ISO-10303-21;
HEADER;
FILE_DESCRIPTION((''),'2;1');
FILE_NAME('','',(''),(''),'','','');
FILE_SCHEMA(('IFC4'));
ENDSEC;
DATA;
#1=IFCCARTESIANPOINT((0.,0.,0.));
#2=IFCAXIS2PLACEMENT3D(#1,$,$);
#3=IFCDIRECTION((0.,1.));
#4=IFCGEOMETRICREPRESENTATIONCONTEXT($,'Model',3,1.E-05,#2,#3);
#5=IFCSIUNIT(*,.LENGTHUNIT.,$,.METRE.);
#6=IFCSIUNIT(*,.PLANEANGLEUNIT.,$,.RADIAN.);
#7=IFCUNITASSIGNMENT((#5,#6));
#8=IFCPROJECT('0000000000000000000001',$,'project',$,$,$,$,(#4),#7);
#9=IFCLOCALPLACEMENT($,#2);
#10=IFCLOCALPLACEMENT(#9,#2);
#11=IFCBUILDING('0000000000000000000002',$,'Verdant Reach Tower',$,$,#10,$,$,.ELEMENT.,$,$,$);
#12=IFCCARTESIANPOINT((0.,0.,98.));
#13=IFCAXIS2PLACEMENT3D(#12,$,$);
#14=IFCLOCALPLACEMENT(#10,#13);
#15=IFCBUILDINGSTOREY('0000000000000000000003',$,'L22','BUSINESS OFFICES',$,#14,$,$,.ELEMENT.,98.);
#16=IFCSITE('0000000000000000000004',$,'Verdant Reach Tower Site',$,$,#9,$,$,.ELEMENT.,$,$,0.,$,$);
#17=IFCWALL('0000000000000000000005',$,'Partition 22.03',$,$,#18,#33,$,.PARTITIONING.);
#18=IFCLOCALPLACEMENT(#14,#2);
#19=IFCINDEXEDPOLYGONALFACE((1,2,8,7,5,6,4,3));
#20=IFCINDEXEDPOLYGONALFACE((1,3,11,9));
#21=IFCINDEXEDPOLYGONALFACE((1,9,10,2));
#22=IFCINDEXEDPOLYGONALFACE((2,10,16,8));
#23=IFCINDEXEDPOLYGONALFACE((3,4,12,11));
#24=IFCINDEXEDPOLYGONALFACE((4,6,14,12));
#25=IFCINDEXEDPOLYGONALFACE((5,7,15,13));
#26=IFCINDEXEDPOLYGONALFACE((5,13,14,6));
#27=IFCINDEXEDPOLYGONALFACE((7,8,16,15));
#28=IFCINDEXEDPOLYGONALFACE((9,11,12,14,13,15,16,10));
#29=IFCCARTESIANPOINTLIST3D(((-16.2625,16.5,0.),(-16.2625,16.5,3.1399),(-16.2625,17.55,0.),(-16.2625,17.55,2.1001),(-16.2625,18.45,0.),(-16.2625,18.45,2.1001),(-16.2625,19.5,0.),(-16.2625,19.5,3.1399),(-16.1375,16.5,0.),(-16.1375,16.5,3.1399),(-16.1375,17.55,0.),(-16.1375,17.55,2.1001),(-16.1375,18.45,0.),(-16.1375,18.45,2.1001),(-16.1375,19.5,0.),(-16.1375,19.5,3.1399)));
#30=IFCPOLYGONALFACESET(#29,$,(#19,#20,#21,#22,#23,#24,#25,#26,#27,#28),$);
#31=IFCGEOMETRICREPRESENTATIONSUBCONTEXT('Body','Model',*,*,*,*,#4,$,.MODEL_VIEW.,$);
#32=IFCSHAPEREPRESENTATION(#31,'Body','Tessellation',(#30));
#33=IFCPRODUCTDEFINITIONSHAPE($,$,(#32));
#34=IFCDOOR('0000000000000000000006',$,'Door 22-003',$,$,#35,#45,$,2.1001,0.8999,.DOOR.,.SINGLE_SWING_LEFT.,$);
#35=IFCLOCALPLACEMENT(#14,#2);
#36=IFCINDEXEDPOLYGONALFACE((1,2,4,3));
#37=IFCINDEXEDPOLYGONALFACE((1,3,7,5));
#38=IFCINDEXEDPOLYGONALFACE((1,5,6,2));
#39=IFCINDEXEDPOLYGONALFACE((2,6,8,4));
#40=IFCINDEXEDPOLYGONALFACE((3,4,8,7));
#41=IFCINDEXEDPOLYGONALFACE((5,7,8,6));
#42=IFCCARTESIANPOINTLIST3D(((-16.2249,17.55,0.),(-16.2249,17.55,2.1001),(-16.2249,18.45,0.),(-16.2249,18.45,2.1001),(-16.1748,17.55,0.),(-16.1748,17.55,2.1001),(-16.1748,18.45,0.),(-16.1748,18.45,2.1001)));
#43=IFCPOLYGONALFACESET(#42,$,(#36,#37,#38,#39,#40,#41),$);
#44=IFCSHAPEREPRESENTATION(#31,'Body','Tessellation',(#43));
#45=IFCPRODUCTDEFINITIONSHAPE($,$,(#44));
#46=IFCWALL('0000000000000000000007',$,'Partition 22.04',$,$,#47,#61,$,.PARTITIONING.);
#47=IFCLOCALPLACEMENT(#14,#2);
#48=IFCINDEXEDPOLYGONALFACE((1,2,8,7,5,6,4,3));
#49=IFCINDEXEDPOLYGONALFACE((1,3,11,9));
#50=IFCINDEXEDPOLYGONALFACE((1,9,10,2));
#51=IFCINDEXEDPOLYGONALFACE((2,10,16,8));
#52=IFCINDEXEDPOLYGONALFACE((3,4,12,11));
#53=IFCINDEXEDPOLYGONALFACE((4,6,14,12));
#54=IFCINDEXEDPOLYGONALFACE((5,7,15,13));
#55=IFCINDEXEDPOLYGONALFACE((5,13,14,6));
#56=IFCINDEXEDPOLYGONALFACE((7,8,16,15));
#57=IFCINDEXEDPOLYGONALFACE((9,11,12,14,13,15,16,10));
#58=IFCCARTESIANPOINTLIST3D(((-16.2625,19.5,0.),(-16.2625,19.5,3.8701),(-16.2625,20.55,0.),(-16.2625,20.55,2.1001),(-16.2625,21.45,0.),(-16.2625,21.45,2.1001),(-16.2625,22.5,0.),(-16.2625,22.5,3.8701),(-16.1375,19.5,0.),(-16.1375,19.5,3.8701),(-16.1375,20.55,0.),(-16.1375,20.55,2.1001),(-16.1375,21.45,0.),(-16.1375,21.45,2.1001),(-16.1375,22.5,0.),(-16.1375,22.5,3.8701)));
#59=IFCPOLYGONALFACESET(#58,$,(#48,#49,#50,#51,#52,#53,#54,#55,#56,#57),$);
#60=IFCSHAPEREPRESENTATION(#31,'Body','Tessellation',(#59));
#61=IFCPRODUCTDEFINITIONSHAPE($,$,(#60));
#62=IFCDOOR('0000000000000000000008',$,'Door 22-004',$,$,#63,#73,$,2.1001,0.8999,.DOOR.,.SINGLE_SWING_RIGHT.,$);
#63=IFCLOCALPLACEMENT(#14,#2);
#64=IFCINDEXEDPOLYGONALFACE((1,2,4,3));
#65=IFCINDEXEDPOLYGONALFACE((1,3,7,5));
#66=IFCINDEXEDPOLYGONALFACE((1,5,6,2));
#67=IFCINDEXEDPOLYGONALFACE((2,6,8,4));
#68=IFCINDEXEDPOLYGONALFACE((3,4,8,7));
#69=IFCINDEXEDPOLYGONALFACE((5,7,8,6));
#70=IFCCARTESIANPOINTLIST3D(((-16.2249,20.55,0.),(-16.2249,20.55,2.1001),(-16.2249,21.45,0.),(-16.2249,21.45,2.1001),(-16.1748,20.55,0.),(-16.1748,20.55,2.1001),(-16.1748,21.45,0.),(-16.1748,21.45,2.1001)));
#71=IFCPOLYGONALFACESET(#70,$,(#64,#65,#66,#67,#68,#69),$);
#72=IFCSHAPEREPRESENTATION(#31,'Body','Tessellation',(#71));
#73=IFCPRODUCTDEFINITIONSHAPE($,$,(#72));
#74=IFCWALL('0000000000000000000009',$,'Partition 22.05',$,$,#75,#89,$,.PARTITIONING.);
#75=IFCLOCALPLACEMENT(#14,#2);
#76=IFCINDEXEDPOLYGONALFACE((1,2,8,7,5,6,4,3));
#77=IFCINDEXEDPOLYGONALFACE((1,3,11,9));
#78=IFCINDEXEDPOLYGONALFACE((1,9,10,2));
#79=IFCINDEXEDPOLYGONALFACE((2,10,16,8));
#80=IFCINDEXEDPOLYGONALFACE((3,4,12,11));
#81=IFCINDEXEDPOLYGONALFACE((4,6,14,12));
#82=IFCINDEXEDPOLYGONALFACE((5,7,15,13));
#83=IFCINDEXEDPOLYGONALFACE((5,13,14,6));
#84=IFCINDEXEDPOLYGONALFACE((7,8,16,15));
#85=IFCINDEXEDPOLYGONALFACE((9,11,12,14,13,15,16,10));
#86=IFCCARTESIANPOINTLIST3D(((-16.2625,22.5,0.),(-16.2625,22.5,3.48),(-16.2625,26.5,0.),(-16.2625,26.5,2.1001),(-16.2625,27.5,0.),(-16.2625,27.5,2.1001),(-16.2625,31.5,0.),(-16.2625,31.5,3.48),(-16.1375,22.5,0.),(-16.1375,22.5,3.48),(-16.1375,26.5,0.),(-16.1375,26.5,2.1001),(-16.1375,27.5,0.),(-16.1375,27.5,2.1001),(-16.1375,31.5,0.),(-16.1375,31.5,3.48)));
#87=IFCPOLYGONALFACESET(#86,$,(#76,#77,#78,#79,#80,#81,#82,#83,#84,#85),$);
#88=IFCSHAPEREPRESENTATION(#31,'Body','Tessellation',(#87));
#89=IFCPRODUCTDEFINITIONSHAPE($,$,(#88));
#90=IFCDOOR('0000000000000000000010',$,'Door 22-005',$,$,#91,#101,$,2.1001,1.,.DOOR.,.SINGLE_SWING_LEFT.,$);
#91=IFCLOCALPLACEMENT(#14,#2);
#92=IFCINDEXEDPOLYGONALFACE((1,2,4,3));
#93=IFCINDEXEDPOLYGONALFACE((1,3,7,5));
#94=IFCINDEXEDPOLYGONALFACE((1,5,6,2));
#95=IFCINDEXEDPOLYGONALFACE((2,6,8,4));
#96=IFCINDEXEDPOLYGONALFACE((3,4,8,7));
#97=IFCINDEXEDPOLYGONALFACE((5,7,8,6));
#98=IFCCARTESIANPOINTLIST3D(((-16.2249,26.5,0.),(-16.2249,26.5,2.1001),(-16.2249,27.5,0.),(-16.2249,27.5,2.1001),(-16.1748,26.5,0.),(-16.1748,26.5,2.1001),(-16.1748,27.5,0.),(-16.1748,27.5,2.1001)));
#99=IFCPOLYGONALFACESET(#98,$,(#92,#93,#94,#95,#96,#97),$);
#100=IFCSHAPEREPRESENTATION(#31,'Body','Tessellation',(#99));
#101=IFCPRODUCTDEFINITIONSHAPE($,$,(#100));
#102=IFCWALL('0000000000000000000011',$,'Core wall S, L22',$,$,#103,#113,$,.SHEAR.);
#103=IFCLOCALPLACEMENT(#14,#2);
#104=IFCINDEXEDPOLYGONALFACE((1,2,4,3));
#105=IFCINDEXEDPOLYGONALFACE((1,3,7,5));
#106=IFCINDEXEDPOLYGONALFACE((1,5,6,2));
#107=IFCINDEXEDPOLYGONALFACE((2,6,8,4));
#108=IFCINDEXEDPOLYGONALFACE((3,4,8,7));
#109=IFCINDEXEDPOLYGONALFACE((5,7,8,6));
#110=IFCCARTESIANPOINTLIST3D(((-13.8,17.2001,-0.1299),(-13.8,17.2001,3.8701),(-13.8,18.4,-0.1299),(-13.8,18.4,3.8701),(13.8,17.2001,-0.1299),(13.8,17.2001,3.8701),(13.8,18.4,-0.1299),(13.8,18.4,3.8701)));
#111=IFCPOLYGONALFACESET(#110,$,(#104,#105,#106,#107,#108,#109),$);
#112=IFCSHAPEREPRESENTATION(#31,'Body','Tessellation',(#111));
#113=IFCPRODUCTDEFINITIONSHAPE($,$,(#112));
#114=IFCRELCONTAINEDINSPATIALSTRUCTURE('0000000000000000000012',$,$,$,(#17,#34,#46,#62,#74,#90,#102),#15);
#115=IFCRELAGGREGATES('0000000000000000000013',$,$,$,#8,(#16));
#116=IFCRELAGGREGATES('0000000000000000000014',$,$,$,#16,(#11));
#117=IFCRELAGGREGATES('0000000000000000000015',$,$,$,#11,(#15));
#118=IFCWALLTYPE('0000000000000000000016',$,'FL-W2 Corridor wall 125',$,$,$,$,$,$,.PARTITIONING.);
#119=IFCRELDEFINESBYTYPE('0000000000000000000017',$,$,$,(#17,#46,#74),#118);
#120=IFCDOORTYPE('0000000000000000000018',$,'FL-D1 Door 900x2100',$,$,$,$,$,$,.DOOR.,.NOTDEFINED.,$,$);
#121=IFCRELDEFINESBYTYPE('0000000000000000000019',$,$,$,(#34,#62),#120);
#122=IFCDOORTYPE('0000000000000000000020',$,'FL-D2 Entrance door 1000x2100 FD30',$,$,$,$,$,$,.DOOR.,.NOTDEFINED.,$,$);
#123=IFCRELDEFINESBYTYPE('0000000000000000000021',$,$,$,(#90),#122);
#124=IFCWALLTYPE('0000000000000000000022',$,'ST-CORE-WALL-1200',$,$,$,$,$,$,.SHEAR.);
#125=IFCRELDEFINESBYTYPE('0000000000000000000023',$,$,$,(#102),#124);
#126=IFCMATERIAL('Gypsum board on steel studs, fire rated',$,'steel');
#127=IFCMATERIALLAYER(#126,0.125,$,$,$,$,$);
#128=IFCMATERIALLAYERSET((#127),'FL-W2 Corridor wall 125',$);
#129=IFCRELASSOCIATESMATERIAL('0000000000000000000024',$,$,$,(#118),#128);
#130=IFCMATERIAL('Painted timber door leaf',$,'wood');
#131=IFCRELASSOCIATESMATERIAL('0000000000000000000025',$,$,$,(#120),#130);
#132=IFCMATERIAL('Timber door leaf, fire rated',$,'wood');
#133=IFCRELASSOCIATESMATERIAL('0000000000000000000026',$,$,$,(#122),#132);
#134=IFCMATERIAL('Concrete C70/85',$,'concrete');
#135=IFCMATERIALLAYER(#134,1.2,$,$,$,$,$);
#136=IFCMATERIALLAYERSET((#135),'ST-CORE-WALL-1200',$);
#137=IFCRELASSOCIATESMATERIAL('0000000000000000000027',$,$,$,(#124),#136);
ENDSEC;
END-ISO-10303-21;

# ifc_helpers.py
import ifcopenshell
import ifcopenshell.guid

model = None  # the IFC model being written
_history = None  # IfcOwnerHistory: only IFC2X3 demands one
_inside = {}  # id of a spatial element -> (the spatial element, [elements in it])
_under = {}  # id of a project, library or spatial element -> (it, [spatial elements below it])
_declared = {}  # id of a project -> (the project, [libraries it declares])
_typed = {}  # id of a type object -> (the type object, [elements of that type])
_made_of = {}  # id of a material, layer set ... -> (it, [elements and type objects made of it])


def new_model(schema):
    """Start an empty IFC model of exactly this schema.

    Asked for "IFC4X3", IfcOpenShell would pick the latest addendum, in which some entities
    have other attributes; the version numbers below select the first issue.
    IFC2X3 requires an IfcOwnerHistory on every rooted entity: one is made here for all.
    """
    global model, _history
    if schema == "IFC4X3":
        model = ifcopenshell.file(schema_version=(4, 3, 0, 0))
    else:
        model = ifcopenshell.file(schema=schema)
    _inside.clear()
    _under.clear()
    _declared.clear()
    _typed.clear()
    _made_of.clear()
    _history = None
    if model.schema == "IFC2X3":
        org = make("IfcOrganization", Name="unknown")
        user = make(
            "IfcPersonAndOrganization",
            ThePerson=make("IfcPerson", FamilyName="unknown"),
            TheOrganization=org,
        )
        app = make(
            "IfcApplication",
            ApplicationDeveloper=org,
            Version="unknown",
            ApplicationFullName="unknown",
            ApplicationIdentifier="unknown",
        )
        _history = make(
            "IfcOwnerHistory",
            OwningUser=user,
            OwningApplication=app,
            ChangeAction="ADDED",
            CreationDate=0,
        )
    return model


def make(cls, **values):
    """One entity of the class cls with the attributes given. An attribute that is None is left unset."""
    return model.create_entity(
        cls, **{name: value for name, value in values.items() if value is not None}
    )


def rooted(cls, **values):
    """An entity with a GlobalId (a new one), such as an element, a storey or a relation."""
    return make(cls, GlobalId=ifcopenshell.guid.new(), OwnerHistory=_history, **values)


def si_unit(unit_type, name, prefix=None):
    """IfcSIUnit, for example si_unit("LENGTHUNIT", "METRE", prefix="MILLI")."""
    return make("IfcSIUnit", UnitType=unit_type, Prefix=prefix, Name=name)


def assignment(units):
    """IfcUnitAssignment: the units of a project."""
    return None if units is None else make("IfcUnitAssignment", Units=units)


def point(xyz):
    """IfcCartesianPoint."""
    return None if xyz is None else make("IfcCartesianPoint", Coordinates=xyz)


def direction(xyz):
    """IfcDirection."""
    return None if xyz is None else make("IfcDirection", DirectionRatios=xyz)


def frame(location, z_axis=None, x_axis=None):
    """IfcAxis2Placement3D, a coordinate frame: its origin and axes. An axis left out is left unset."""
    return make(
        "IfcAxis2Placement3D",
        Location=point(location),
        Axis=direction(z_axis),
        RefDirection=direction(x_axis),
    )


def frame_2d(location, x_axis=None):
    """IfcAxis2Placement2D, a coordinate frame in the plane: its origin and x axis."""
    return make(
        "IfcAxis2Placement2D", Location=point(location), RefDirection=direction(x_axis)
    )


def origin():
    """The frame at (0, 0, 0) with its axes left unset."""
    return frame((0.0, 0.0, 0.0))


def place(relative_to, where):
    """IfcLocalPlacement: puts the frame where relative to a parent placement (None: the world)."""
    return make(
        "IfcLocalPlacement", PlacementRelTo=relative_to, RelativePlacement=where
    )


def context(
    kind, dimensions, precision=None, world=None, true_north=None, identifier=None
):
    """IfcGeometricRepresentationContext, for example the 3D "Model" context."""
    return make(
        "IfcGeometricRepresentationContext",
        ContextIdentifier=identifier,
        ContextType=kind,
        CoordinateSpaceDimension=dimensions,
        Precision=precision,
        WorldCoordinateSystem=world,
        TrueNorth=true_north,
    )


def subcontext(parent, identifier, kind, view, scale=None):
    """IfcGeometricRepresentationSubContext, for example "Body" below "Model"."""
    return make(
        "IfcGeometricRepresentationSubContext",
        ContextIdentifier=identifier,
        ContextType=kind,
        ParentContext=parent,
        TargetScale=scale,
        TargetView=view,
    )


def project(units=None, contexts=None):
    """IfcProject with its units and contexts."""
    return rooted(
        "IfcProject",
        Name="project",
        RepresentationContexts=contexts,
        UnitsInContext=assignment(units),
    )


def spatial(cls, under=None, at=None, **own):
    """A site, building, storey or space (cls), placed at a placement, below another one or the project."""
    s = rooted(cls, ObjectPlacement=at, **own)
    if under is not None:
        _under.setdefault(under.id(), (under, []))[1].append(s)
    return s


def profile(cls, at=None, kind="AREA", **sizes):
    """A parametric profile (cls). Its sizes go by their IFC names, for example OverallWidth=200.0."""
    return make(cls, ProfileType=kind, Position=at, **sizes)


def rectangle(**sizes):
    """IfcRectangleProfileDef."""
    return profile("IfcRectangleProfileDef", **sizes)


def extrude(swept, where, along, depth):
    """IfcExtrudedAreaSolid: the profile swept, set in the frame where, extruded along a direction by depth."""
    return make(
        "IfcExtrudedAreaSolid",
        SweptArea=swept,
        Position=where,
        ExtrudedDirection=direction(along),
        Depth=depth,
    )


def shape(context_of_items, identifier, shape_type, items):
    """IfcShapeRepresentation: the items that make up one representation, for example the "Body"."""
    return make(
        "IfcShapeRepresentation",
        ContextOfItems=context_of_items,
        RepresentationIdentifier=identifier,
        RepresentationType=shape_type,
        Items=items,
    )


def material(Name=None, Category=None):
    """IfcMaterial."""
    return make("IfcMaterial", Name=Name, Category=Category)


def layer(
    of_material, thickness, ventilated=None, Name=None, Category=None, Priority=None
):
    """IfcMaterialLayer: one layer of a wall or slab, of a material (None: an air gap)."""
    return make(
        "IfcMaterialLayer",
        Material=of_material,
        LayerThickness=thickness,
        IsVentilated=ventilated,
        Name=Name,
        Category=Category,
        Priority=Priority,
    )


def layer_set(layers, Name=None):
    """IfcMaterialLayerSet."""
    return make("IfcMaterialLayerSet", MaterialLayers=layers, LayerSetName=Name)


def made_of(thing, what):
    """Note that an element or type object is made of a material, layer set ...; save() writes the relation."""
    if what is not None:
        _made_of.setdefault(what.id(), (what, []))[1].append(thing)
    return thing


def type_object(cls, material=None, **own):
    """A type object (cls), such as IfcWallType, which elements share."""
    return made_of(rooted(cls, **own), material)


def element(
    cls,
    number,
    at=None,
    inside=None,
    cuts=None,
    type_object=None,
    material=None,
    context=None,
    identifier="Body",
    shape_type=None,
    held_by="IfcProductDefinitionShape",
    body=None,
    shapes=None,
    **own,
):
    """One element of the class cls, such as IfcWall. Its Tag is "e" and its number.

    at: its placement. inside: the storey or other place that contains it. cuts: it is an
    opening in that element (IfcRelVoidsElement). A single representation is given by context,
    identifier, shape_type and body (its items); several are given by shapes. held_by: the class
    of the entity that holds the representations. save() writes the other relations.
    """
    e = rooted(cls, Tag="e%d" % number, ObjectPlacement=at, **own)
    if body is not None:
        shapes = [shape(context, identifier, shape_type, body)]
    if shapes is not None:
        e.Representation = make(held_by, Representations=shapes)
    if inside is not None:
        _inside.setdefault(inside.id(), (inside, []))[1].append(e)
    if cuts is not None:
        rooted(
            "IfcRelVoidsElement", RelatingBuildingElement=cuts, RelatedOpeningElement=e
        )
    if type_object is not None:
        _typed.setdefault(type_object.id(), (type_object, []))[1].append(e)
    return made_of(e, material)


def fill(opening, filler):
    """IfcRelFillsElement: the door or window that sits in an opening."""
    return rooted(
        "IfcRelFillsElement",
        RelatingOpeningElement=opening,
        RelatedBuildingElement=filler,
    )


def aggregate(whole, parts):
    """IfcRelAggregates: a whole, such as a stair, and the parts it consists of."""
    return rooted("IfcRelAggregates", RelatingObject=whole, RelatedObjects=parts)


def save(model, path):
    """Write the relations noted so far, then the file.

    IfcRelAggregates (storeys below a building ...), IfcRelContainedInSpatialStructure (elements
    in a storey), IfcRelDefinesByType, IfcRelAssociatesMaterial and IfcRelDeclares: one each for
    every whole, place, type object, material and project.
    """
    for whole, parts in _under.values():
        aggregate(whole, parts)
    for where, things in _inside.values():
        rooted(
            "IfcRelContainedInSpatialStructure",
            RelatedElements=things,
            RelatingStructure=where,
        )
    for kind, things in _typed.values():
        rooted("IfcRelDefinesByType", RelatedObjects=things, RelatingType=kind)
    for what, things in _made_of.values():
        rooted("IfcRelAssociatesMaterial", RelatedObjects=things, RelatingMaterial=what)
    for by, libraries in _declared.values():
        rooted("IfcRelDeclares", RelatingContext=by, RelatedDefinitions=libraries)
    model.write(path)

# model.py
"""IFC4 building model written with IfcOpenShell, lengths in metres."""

from ifc_helpers import new_model, si_unit, direction, frame, frame_2d, origin, place, context, subcontext, project, spatial, rectangle, extrude, material, layer, layer_set, type_object, element, fill, save


model = new_model("IFC4")

# Units and contexts
model_context = context("Model", 3, precision=1e-05, world=origin(), true_north=direction((0.0, 1.0)))
body_context = subcontext(model_context, "Body", "Model", "MODEL_VIEW")
ifc_project = project(units=[si_unit("LENGTHUNIT", "METRE"), si_unit("PLANEANGLEUNIT", "RADIAN")], contexts=[model_context])

# Site, building, storey
site_placement = place(None, origin())
site = spatial("IfcSite", under=ifc_project, at=site_placement, Name="Verdant Reach Tower Site", CompositionType="ELEMENT", RefElevation=0.0)
building_placement = place(site_placement, origin())
building = spatial("IfcBuilding", under=site, at=building_placement, Name="Verdant Reach Tower", CompositionType="ELEMENT")
storey_placement = place(building_placement, frame((0.0, 0.0, 98.0)))
storey = spatial("IfcBuildingStorey", under=building, at=storey_placement, Name="L22", Description="BUSINESS OFFICES", CompositionType="ELEMENT", Elevation=98.0)

# Walls, openings, doors
ifc_material_1 = material(Name="Gypsum board on steel studs, fire rated", Category="steel")
ifc_layer_1 = layer(ifc_material_1, 0.125)
ifc_layer_set_1 = layer_set([ifc_layer_1], Name="FL-W2 Corridor wall 125")
wall_type_1 = type_object("IfcWallType", Name="FL-W2 Corridor wall 125", PredefinedType="PARTITIONING", material=ifc_layer_set_1)
wall_1_placement = place(storey_placement, frame((-16.2, 16.5, 0.0), z_axis=(0.0, 0.0, 1.0), x_axis=(0.0, 1.0, 0.0)))
wall_1 = element("IfcWall", 1, at=wall_1_placement, inside=storey, type_object=wall_type_1, Name="Partition 22.03", PredefinedType="PARTITIONING", context=body_context, shape_type="SweptSolid", body=[
    extrude(rectangle(XDim=3.0, YDim=0.125, at=frame_2d((1.5, 0.0))), origin(), (0.0, 0.0, 1.0), 3.1399),
])
opening_1_placement = place(wall_1_placement, frame((1.05, 0.0, 0.0)))
opening_1 = element("IfcOpeningElement", 2, at=opening_1_placement, cuts=wall_1, PredefinedType="OPENING", context=body_context, shape_type="SweptSolid", body=[
    extrude(rectangle(XDim=0.8999, YDim=2.1001, at=frame_2d((0.45, 1.05))), frame((0.0, 0.0725, 0.0), z_axis=(0.0, -1.0, 0.0), x_axis=(1.0, 0.0, 0.0)), (0.0, 0.0, 1.0), 0.145),
])
ifc_material_2 = material(Name="Painted timber door leaf", Category="wood")
door_type_1 = type_object("IfcDoorType", Name="FL-D1 Door 900x2100", OperationType="NOTDEFINED", PredefinedType="DOOR", material=ifc_material_2)
door_1_placement = place(opening_1_placement, origin())
door_1 = element("IfcDoor", 3, at=door_1_placement, inside=storey, type_object=door_type_1, Name="Door 22-003", OperationType="SINGLE_SWING_LEFT", OverallHeight=2.1001, OverallWidth=0.8999, PredefinedType="DOOR", context=body_context, shape_type="SweptSolid", body=[
    extrude(rectangle(XDim=0.8999, YDim=2.1001, at=frame_2d((0.45, 1.05))), frame((0.0, 0.0249, 0.0), z_axis=(0.0, -1.0, 0.0), x_axis=(1.0, 0.0, 0.0)), (0.0, 0.0, 1.0), 0.05),
])
fill(opening_1, door_1)
wall_2_placement = place(storey_placement, frame((-16.2, 19.5, 0.0), z_axis=(0.0, 0.0, 1.0), x_axis=(0.0, 1.0, 0.0)))
wall_2 = element("IfcWall", 4, at=wall_2_placement, inside=storey, type_object=wall_type_1, Name="Partition 22.04", PredefinedType="PARTITIONING", context=body_context, shape_type="SweptSolid", body=[
    extrude(rectangle(XDim=3.0, YDim=0.125, at=frame_2d((1.5, 0.0))), origin(), (0.0, 0.0, 1.0), 3.8701),
])
opening_2_placement = place(wall_2_placement, frame((1.05, 0.0, 0.0)))
opening_2 = element("IfcOpeningElement", 5, at=opening_2_placement, cuts=wall_2, PredefinedType="OPENING", context=body_context, shape_type="SweptSolid", body=[
    extrude(rectangle(XDim=0.8999, YDim=2.1001, at=frame_2d((0.45, 1.05))), frame((0.0, 0.0725, 0.0), z_axis=(0.0, -1.0, 0.0), x_axis=(1.0, 0.0, 0.0)), (0.0, 0.0, 1.0), 0.145),
])
door_2_placement = place(opening_2_placement, origin())
door_2 = element("IfcDoor", 6, at=door_2_placement, inside=storey, type_object=door_type_1, Name="Door 22-004", OperationType="SINGLE_SWING_RIGHT", OverallHeight=2.1001, OverallWidth=0.8999, PredefinedType="DOOR", context=body_context, shape_type="SweptSolid", body=[
    extrude(rectangle(XDim=0.8999, YDim=2.1001, at=frame_2d((0.45, 1.05))), frame((0.0, 0.0249, 0.0), z_axis=(0.0, -1.0, 0.0), x_axis=(1.0, 0.0, 0.0)), (0.0, 0.0, 1.0), 0.05),
])
fill(opening_2, door_2)
wall_3_placement = place(storey_placement, frame((-16.2, 22.5, 0.0), z_axis=(0.0, 0.0, 1.0), x_axis=(0.0, 1.0, 0.0)))
wall_3 = element("IfcWall", 7, at=wall_3_placement, inside=storey, type_object=wall_type_1, Name="Partition 22.05", PredefinedType="PARTITIONING", context=body_context, shape_type="SweptSolid", body=[
    extrude(rectangle(XDim=9.0, YDim=0.125, at=frame_2d((4.5, 0.0))), origin(), (0.0, 0.0, 1.0), 3.48),
])
opening_3_placement = place(wall_3_placement, frame((4.0, 0.0, 0.0)))
opening_3 = element("IfcOpeningElement", 8, at=opening_3_placement, cuts=wall_3, PredefinedType="OPENING", context=body_context, shape_type="SweptSolid", body=[
    extrude(rectangle(XDim=1.0, YDim=2.1001, at=frame_2d((0.5, 1.05))), frame((0.0, 0.0725, 0.0), z_axis=(0.0, -1.0, 0.0), x_axis=(1.0, 0.0, 0.0)), (0.0, 0.0, 1.0), 0.145),
])
ifc_material_3 = material(Name="Timber door leaf, fire rated", Category="wood")
door_type_2 = type_object("IfcDoorType", Name="FL-D2 Entrance door 1000x2100 FD30", OperationType="NOTDEFINED", PredefinedType="DOOR", material=ifc_material_3)
door_3_placement = place(opening_3_placement, origin())
door_3 = element("IfcDoor", 9, at=door_3_placement, inside=storey, type_object=door_type_2, Name="Door 22-005", OperationType="SINGLE_SWING_LEFT", OverallHeight=2.1001, OverallWidth=1.0, PredefinedType="DOOR", context=body_context, shape_type="SweptSolid", body=[
    extrude(rectangle(XDim=1.0, YDim=2.1001, at=frame_2d((0.5, 1.05))), frame((0.0, 0.0249, 0.0), z_axis=(0.0, -1.0, 0.0), x_axis=(1.0, 0.0, 0.0)), (0.0, 0.0, 1.0), 0.05),
])
fill(opening_3, door_3)

# Wall
ifc_material_4 = material(Name="Concrete C70/85", Category="concrete")
ifc_layer_2 = layer(ifc_material_4, 1.2)
ifc_layer_set_2 = layer_set([ifc_layer_2], Name="ST-CORE-WALL-1200")
wall_type_2 = type_object("IfcWallType", Name="ST-CORE-WALL-1200", PredefinedType="SHEAR", material=ifc_layer_set_2)
wall_4_placement = place(storey_placement, frame((-13.8, 17.8, -0.1299), z_axis=(0.0, 0.0, 1.0), x_axis=(1.0, 0.0, 0.0)))
element("IfcWall", 10, at=wall_4_placement, inside=storey, type_object=wall_type_2, Name="Core wall S, L22", PredefinedType="SHEAR", context=body_context, shape_type="SweptSolid", body=[
    extrude(rectangle(XDim=27.6001, YDim=1.2, at=frame_2d((13.8, 0.0))), origin(), (0.0, 0.0, 1.0), 4.0),
])

save(model, "model.ifc")
